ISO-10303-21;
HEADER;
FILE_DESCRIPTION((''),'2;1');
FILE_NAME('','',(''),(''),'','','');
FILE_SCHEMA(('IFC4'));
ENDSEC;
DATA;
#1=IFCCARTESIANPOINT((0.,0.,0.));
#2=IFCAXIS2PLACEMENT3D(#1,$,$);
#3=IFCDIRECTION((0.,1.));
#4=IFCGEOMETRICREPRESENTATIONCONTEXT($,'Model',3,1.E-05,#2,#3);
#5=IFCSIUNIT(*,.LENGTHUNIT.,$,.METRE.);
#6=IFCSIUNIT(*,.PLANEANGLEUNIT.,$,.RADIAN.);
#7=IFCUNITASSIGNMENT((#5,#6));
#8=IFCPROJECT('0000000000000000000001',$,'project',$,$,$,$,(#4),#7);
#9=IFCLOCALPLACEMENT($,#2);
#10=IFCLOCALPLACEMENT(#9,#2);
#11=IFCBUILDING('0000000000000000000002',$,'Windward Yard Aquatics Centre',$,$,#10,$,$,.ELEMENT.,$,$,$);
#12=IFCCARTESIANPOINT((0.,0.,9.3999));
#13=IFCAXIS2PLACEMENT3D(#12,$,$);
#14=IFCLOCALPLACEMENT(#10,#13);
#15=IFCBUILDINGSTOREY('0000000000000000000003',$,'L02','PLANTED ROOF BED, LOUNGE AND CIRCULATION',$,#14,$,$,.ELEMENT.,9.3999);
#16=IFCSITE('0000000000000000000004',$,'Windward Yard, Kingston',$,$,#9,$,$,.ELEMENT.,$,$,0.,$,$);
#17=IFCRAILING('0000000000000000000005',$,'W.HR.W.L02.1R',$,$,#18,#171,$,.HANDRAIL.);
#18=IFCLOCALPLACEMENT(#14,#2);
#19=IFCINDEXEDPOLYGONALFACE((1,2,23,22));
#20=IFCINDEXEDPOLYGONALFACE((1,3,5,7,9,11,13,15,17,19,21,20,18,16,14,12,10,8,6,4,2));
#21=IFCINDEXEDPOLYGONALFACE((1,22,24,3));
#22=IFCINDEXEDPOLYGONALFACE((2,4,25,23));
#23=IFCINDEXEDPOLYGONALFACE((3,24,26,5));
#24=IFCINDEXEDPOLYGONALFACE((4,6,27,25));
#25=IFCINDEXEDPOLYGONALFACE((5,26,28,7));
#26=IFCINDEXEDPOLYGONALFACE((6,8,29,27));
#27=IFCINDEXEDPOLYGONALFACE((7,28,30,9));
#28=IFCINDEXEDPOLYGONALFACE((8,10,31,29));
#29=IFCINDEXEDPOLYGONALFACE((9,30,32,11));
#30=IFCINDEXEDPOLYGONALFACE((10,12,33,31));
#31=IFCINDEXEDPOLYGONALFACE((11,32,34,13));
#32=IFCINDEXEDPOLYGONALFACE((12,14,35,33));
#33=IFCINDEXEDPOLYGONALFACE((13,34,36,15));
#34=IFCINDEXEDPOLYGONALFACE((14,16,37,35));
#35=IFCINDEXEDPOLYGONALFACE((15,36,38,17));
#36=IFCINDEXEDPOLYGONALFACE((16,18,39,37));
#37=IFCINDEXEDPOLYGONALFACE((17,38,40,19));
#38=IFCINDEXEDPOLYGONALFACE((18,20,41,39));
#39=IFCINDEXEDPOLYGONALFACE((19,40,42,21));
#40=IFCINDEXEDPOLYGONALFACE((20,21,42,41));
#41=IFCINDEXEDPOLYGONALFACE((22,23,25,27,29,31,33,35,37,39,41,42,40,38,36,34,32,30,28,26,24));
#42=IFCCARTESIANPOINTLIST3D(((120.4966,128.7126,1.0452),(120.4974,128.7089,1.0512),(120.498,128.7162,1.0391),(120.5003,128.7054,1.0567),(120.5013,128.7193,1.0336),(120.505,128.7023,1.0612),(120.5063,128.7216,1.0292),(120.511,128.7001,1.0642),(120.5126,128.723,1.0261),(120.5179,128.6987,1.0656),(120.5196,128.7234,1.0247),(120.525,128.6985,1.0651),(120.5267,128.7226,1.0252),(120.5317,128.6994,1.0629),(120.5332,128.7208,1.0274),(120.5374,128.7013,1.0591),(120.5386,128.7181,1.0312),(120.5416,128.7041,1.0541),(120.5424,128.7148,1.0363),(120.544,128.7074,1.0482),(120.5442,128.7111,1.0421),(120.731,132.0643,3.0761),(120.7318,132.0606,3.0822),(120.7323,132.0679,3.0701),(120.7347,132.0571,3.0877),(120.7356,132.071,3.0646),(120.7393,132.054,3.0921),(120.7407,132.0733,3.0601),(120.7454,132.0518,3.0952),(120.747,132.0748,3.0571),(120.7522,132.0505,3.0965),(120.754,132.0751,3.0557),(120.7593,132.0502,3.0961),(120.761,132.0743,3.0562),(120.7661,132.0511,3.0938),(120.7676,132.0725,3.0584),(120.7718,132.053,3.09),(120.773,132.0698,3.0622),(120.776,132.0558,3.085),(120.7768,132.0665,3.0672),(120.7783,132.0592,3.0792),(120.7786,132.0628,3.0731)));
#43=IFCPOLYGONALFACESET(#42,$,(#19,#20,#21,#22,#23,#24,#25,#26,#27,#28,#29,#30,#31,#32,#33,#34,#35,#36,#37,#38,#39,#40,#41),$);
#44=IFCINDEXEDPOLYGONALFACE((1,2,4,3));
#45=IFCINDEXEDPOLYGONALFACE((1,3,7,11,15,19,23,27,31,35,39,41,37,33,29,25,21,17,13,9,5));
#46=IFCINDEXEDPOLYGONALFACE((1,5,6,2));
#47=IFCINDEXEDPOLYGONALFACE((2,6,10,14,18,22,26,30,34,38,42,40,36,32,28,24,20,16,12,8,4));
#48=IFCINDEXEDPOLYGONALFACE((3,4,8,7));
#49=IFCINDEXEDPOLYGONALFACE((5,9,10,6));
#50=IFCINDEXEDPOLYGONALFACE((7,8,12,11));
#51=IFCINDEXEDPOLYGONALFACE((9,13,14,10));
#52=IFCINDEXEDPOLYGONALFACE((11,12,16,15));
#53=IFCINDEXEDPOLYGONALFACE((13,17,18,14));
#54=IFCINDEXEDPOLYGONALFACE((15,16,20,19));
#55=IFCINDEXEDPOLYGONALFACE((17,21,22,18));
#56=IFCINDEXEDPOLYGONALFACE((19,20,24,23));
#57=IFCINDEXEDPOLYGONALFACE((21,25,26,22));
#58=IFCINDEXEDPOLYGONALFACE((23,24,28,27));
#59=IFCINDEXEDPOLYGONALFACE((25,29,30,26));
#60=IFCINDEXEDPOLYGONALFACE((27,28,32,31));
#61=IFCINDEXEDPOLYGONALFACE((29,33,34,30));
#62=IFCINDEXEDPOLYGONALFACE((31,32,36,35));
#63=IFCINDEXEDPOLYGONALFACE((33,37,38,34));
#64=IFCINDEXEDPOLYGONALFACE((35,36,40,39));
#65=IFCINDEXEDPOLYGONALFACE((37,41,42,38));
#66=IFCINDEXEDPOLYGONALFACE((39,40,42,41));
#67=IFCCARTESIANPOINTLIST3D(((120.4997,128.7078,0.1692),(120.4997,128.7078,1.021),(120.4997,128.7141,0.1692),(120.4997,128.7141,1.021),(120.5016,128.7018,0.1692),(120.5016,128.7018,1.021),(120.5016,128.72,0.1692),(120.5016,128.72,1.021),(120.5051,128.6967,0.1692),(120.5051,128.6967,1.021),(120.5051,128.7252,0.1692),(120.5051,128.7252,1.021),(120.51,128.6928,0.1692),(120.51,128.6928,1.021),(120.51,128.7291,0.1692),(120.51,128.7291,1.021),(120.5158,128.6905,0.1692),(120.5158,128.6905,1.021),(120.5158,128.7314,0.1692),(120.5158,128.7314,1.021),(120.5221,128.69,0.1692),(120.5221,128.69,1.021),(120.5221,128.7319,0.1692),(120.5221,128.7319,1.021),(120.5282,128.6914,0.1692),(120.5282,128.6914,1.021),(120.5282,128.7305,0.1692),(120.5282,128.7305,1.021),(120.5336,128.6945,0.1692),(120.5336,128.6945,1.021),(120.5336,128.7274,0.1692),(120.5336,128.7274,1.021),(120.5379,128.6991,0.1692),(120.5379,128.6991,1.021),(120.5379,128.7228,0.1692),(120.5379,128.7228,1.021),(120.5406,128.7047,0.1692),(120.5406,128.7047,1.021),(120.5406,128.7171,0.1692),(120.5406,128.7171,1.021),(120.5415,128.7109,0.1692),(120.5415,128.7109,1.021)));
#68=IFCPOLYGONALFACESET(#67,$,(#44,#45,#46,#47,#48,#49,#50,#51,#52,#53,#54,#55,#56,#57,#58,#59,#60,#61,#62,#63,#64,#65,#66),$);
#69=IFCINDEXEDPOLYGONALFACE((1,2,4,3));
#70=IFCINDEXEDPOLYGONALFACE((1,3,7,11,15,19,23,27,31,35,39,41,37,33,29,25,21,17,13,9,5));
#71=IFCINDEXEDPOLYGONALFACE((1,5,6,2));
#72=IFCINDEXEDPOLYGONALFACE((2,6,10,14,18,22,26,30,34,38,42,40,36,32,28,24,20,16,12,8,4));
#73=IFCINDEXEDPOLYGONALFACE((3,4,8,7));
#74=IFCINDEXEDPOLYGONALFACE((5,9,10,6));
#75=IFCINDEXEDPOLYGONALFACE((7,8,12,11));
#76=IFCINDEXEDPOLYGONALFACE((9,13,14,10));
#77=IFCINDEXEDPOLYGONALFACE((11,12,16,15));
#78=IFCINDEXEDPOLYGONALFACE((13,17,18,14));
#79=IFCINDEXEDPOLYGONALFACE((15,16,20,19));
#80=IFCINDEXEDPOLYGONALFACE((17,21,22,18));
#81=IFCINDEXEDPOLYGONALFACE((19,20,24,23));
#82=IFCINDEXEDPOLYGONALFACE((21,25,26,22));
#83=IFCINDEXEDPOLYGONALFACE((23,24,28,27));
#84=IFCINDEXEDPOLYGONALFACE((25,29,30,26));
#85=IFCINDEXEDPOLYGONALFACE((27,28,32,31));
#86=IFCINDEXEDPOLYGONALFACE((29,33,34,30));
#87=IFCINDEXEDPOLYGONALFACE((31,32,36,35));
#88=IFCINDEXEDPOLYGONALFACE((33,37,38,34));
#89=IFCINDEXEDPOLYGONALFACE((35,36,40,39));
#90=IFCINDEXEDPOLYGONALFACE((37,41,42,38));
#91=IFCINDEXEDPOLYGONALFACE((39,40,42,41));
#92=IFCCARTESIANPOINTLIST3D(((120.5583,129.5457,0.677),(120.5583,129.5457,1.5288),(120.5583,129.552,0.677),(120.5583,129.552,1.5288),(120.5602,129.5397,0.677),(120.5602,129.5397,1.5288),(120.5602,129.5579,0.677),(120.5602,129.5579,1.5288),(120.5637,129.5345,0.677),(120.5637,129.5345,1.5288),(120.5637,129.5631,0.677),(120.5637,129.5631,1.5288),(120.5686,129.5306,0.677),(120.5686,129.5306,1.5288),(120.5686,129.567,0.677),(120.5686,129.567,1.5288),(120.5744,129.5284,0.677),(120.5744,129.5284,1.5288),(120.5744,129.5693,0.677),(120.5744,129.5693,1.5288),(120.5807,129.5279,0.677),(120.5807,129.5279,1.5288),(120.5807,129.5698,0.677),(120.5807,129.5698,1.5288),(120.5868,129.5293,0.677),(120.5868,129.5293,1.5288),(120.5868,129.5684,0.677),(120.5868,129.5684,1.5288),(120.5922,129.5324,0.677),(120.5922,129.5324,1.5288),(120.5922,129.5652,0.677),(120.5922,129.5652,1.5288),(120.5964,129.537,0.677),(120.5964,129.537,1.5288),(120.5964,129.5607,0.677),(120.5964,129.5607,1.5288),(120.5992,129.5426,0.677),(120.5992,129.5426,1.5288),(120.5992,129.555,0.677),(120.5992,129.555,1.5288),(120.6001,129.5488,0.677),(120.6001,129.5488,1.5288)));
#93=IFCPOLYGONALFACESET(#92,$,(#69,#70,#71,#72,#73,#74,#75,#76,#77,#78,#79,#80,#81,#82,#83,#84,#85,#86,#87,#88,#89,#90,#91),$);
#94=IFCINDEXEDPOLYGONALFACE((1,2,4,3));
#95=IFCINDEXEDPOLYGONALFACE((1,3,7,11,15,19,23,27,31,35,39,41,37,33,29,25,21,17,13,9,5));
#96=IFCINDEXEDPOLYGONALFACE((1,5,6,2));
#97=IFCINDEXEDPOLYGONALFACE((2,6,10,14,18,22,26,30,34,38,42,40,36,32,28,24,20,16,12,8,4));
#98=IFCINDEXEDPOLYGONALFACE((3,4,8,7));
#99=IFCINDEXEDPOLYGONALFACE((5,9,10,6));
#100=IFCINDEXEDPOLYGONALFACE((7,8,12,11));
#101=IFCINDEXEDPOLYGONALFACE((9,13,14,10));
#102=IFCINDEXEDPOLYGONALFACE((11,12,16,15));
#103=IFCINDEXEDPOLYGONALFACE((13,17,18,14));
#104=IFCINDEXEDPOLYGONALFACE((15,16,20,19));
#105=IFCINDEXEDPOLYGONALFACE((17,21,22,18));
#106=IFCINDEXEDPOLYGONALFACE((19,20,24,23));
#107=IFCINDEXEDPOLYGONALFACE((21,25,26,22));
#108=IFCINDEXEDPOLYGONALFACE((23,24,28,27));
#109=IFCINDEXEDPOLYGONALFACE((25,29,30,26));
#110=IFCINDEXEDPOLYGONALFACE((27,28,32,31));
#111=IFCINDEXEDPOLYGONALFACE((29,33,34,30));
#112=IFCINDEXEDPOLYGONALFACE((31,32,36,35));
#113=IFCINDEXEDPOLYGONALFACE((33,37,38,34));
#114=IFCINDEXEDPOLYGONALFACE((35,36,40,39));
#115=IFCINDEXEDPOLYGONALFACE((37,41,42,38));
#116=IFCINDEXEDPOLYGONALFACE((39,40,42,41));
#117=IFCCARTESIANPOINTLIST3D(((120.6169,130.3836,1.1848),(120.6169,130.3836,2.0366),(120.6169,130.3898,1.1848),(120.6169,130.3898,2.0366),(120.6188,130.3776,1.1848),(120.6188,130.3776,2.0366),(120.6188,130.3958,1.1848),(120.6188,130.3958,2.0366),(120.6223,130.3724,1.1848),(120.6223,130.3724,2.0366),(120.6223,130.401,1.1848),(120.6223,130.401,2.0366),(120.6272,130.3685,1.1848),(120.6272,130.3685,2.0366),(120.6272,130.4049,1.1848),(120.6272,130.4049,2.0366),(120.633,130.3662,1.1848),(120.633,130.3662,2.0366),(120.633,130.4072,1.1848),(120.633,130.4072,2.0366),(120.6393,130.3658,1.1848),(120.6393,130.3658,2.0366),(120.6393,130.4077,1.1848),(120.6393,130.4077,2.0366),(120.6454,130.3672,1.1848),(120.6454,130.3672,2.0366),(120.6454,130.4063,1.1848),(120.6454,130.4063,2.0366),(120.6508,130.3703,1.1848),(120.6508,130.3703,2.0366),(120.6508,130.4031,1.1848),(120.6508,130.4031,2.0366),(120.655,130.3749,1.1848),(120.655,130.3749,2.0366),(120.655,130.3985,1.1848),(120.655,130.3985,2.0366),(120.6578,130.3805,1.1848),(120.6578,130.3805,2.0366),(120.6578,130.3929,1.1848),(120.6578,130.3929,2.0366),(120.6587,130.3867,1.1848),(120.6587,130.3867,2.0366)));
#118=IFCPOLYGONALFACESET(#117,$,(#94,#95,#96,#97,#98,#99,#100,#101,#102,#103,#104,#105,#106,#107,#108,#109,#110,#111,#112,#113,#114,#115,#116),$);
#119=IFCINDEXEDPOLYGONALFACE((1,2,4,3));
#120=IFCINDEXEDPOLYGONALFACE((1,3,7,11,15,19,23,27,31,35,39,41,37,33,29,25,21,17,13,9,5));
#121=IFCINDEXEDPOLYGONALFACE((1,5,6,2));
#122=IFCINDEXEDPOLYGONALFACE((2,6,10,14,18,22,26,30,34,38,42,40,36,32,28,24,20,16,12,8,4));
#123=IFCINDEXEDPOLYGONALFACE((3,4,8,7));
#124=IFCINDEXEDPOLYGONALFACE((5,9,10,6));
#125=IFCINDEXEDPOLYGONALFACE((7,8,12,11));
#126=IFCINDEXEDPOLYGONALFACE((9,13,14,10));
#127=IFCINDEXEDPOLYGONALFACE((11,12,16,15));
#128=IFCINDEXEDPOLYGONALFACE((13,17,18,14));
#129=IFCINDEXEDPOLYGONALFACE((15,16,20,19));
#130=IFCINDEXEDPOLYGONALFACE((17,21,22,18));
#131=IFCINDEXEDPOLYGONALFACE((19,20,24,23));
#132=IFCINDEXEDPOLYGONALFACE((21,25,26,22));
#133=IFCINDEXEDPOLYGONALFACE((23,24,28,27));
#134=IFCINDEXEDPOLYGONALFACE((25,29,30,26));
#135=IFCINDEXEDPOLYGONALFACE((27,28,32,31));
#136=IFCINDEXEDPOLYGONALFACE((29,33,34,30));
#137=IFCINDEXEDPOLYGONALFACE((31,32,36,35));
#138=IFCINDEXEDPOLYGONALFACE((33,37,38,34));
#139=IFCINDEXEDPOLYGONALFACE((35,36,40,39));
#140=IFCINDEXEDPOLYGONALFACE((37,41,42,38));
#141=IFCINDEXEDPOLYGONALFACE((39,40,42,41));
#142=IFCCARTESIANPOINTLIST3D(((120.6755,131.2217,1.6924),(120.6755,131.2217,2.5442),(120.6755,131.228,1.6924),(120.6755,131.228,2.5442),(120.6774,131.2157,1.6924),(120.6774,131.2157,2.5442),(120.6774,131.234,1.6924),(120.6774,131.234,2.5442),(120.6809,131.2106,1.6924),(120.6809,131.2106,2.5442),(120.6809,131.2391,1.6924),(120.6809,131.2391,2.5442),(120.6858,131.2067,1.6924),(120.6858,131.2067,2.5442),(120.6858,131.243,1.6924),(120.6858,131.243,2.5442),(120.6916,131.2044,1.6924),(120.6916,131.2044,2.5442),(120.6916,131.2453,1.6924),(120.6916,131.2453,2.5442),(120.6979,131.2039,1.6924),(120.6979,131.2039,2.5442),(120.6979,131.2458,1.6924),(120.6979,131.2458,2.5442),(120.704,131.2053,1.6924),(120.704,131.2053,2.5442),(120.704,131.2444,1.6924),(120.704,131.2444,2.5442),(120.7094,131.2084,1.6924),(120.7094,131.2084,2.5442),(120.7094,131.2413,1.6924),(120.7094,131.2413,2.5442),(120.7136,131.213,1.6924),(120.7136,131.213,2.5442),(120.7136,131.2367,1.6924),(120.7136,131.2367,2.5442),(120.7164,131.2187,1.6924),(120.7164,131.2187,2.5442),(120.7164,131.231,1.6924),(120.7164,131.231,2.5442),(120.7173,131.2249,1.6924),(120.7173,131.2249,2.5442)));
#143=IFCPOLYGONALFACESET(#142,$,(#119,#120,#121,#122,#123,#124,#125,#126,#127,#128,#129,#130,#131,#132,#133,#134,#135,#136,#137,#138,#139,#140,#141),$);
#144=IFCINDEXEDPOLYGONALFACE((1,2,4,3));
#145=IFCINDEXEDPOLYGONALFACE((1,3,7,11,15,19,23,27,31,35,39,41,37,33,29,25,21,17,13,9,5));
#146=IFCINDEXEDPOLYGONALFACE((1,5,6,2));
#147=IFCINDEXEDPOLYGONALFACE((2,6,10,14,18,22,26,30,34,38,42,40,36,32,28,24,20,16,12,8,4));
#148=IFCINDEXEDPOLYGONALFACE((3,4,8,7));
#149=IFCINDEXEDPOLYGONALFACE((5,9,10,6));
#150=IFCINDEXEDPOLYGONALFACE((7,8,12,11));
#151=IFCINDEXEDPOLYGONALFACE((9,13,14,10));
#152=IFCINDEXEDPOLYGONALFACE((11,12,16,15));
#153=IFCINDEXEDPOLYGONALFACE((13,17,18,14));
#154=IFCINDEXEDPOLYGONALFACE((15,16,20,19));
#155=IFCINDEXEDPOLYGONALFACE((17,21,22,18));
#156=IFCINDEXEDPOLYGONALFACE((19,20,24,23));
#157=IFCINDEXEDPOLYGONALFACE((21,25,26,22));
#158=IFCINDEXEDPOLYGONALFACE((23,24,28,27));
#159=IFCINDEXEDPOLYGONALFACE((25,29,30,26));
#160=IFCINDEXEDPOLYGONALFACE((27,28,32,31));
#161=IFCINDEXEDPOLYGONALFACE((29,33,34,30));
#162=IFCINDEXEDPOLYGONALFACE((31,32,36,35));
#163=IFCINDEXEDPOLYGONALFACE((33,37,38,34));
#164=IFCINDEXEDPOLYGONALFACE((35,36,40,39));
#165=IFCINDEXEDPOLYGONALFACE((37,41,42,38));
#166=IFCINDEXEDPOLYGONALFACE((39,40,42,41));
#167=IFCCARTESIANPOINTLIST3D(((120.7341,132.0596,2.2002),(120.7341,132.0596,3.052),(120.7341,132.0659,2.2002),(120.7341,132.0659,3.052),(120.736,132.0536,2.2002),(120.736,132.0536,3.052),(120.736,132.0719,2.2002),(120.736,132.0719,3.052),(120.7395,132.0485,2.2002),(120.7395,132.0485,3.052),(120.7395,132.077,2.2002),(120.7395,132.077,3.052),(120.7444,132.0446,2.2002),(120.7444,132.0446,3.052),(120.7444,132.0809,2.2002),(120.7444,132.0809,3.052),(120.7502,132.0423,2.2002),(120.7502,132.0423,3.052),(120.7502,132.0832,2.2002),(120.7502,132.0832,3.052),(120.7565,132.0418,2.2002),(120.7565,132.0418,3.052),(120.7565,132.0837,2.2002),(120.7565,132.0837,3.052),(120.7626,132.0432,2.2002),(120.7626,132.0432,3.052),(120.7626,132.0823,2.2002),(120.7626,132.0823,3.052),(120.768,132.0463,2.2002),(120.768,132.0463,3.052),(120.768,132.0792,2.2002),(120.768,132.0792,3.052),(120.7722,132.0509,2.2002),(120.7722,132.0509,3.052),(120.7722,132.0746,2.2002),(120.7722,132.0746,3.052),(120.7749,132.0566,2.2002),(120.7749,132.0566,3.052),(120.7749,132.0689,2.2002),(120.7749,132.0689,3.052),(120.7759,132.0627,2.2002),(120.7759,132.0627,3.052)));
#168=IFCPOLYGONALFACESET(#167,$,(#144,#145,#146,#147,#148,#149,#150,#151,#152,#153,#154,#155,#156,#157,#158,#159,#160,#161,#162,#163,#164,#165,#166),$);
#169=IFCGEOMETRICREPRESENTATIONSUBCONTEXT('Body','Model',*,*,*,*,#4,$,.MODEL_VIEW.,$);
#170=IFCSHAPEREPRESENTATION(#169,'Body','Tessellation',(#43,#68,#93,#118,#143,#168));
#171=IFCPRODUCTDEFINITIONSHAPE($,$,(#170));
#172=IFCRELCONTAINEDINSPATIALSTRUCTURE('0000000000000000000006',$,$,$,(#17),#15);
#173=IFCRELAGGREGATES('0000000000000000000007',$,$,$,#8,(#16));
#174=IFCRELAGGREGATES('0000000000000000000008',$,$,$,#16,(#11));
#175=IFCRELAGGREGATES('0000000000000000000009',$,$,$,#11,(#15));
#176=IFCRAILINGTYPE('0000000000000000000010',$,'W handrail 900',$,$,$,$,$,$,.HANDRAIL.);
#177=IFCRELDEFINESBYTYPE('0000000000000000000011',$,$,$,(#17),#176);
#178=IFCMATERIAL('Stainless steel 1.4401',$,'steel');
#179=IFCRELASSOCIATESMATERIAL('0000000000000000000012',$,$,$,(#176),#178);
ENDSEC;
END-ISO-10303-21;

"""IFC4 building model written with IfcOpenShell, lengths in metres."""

from ifc_helpers import new_model, si_unit, direction, frame, origin, origin_2d, place, context, subcontext, project, spatial, circle, extrude, material, type_object, element, save


model = new_model("IFC4")

# Units and contexts
model_context = context("Model", 3, precision=1e-05, world=origin(), true_north=direction((0.0, 1.0)))
body_context = subcontext(model_context, "Body", "Model", "MODEL_VIEW")
ifc_project = project(units=[si_unit("LENGTHUNIT", "METRE"), si_unit("PLANEANGLEUNIT", "RADIAN")], contexts=[model_context])

# Site, building, storey
site_placement = place(None, origin())
site = spatial("IfcSite", under=ifc_project, at=site_placement, Name="Windward Yard, Kingston", CompositionType="ELEMENT", RefElevation=0.0)
building_placement = place(site_placement, origin())
building = spatial("IfcBuilding", under=site, at=building_placement, Name="Windward Yard Aquatics Centre", CompositionType="ELEMENT")
storey_placement = place(building_placement, frame((0.0, 0.0, 9.3999)))
storey = spatial("IfcBuildingStorey", under=building, at=storey_placement, Name="L02", Description="PLANTED ROOF BED, LOUNGE AND CIRCULATION", CompositionType="ELEMENT", Elevation=9.3999)

# Railing
ifc_material_1 = material(Name="Stainless steel 1.4401", Category="steel")
railing_type_1 = type_object("IfcRailingType", Name="W handrail 900", PredefinedType="HANDRAIL", material=ifc_material_1)
for number, where, name in (
    (1, (120.5205, 128.7109, 0.1692), "W.HR.W.L02.1R"),
):
    element("IfcRailing", number, at=place(storey_placement, frame(where)), inside=storey, type_object=railing_type_1, Name=name, PredefinedType="HANDRAIL", context=body_context, shape_type="SweptSolid", body=[
        extrude(circle(Radius=0.0239, at=origin_2d()), frame((0.0, 0.0, 0.876), z_axis=(0.059696, 0.853717, 0.517304), x_axis=(-0.997564, 0.069755, 0.0)), (0.0, 0.0, 1.0), 3.926),
        extrude(circle(Radius=0.021, at=origin_2d()), origin(), (0.0, 0.0, 1.0), 0.8518),
        extrude(circle(Radius=0.021, at=origin_2d()), frame((0.0586, 0.8379, 0.5078)), (0.0, 0.0, 1.0), 0.8518),
        extrude(circle(Radius=0.021, at=origin_2d()), frame((0.1172, 1.6758, 1.0156)), (0.0, 0.0, 1.0), 0.8518),
        extrude(circle(Radius=0.021, at=origin_2d()), frame((0.1758, 2.5139, 1.5232)), (0.0, 0.0, 1.0), 0.8518),
        extrude(circle(Radius=0.021, at=origin_2d()), frame((0.2344, 3.3518, 2.031)), (0.0, 0.0, 1.0), 0.8518),
    ])

save(model, "model.ifc")
